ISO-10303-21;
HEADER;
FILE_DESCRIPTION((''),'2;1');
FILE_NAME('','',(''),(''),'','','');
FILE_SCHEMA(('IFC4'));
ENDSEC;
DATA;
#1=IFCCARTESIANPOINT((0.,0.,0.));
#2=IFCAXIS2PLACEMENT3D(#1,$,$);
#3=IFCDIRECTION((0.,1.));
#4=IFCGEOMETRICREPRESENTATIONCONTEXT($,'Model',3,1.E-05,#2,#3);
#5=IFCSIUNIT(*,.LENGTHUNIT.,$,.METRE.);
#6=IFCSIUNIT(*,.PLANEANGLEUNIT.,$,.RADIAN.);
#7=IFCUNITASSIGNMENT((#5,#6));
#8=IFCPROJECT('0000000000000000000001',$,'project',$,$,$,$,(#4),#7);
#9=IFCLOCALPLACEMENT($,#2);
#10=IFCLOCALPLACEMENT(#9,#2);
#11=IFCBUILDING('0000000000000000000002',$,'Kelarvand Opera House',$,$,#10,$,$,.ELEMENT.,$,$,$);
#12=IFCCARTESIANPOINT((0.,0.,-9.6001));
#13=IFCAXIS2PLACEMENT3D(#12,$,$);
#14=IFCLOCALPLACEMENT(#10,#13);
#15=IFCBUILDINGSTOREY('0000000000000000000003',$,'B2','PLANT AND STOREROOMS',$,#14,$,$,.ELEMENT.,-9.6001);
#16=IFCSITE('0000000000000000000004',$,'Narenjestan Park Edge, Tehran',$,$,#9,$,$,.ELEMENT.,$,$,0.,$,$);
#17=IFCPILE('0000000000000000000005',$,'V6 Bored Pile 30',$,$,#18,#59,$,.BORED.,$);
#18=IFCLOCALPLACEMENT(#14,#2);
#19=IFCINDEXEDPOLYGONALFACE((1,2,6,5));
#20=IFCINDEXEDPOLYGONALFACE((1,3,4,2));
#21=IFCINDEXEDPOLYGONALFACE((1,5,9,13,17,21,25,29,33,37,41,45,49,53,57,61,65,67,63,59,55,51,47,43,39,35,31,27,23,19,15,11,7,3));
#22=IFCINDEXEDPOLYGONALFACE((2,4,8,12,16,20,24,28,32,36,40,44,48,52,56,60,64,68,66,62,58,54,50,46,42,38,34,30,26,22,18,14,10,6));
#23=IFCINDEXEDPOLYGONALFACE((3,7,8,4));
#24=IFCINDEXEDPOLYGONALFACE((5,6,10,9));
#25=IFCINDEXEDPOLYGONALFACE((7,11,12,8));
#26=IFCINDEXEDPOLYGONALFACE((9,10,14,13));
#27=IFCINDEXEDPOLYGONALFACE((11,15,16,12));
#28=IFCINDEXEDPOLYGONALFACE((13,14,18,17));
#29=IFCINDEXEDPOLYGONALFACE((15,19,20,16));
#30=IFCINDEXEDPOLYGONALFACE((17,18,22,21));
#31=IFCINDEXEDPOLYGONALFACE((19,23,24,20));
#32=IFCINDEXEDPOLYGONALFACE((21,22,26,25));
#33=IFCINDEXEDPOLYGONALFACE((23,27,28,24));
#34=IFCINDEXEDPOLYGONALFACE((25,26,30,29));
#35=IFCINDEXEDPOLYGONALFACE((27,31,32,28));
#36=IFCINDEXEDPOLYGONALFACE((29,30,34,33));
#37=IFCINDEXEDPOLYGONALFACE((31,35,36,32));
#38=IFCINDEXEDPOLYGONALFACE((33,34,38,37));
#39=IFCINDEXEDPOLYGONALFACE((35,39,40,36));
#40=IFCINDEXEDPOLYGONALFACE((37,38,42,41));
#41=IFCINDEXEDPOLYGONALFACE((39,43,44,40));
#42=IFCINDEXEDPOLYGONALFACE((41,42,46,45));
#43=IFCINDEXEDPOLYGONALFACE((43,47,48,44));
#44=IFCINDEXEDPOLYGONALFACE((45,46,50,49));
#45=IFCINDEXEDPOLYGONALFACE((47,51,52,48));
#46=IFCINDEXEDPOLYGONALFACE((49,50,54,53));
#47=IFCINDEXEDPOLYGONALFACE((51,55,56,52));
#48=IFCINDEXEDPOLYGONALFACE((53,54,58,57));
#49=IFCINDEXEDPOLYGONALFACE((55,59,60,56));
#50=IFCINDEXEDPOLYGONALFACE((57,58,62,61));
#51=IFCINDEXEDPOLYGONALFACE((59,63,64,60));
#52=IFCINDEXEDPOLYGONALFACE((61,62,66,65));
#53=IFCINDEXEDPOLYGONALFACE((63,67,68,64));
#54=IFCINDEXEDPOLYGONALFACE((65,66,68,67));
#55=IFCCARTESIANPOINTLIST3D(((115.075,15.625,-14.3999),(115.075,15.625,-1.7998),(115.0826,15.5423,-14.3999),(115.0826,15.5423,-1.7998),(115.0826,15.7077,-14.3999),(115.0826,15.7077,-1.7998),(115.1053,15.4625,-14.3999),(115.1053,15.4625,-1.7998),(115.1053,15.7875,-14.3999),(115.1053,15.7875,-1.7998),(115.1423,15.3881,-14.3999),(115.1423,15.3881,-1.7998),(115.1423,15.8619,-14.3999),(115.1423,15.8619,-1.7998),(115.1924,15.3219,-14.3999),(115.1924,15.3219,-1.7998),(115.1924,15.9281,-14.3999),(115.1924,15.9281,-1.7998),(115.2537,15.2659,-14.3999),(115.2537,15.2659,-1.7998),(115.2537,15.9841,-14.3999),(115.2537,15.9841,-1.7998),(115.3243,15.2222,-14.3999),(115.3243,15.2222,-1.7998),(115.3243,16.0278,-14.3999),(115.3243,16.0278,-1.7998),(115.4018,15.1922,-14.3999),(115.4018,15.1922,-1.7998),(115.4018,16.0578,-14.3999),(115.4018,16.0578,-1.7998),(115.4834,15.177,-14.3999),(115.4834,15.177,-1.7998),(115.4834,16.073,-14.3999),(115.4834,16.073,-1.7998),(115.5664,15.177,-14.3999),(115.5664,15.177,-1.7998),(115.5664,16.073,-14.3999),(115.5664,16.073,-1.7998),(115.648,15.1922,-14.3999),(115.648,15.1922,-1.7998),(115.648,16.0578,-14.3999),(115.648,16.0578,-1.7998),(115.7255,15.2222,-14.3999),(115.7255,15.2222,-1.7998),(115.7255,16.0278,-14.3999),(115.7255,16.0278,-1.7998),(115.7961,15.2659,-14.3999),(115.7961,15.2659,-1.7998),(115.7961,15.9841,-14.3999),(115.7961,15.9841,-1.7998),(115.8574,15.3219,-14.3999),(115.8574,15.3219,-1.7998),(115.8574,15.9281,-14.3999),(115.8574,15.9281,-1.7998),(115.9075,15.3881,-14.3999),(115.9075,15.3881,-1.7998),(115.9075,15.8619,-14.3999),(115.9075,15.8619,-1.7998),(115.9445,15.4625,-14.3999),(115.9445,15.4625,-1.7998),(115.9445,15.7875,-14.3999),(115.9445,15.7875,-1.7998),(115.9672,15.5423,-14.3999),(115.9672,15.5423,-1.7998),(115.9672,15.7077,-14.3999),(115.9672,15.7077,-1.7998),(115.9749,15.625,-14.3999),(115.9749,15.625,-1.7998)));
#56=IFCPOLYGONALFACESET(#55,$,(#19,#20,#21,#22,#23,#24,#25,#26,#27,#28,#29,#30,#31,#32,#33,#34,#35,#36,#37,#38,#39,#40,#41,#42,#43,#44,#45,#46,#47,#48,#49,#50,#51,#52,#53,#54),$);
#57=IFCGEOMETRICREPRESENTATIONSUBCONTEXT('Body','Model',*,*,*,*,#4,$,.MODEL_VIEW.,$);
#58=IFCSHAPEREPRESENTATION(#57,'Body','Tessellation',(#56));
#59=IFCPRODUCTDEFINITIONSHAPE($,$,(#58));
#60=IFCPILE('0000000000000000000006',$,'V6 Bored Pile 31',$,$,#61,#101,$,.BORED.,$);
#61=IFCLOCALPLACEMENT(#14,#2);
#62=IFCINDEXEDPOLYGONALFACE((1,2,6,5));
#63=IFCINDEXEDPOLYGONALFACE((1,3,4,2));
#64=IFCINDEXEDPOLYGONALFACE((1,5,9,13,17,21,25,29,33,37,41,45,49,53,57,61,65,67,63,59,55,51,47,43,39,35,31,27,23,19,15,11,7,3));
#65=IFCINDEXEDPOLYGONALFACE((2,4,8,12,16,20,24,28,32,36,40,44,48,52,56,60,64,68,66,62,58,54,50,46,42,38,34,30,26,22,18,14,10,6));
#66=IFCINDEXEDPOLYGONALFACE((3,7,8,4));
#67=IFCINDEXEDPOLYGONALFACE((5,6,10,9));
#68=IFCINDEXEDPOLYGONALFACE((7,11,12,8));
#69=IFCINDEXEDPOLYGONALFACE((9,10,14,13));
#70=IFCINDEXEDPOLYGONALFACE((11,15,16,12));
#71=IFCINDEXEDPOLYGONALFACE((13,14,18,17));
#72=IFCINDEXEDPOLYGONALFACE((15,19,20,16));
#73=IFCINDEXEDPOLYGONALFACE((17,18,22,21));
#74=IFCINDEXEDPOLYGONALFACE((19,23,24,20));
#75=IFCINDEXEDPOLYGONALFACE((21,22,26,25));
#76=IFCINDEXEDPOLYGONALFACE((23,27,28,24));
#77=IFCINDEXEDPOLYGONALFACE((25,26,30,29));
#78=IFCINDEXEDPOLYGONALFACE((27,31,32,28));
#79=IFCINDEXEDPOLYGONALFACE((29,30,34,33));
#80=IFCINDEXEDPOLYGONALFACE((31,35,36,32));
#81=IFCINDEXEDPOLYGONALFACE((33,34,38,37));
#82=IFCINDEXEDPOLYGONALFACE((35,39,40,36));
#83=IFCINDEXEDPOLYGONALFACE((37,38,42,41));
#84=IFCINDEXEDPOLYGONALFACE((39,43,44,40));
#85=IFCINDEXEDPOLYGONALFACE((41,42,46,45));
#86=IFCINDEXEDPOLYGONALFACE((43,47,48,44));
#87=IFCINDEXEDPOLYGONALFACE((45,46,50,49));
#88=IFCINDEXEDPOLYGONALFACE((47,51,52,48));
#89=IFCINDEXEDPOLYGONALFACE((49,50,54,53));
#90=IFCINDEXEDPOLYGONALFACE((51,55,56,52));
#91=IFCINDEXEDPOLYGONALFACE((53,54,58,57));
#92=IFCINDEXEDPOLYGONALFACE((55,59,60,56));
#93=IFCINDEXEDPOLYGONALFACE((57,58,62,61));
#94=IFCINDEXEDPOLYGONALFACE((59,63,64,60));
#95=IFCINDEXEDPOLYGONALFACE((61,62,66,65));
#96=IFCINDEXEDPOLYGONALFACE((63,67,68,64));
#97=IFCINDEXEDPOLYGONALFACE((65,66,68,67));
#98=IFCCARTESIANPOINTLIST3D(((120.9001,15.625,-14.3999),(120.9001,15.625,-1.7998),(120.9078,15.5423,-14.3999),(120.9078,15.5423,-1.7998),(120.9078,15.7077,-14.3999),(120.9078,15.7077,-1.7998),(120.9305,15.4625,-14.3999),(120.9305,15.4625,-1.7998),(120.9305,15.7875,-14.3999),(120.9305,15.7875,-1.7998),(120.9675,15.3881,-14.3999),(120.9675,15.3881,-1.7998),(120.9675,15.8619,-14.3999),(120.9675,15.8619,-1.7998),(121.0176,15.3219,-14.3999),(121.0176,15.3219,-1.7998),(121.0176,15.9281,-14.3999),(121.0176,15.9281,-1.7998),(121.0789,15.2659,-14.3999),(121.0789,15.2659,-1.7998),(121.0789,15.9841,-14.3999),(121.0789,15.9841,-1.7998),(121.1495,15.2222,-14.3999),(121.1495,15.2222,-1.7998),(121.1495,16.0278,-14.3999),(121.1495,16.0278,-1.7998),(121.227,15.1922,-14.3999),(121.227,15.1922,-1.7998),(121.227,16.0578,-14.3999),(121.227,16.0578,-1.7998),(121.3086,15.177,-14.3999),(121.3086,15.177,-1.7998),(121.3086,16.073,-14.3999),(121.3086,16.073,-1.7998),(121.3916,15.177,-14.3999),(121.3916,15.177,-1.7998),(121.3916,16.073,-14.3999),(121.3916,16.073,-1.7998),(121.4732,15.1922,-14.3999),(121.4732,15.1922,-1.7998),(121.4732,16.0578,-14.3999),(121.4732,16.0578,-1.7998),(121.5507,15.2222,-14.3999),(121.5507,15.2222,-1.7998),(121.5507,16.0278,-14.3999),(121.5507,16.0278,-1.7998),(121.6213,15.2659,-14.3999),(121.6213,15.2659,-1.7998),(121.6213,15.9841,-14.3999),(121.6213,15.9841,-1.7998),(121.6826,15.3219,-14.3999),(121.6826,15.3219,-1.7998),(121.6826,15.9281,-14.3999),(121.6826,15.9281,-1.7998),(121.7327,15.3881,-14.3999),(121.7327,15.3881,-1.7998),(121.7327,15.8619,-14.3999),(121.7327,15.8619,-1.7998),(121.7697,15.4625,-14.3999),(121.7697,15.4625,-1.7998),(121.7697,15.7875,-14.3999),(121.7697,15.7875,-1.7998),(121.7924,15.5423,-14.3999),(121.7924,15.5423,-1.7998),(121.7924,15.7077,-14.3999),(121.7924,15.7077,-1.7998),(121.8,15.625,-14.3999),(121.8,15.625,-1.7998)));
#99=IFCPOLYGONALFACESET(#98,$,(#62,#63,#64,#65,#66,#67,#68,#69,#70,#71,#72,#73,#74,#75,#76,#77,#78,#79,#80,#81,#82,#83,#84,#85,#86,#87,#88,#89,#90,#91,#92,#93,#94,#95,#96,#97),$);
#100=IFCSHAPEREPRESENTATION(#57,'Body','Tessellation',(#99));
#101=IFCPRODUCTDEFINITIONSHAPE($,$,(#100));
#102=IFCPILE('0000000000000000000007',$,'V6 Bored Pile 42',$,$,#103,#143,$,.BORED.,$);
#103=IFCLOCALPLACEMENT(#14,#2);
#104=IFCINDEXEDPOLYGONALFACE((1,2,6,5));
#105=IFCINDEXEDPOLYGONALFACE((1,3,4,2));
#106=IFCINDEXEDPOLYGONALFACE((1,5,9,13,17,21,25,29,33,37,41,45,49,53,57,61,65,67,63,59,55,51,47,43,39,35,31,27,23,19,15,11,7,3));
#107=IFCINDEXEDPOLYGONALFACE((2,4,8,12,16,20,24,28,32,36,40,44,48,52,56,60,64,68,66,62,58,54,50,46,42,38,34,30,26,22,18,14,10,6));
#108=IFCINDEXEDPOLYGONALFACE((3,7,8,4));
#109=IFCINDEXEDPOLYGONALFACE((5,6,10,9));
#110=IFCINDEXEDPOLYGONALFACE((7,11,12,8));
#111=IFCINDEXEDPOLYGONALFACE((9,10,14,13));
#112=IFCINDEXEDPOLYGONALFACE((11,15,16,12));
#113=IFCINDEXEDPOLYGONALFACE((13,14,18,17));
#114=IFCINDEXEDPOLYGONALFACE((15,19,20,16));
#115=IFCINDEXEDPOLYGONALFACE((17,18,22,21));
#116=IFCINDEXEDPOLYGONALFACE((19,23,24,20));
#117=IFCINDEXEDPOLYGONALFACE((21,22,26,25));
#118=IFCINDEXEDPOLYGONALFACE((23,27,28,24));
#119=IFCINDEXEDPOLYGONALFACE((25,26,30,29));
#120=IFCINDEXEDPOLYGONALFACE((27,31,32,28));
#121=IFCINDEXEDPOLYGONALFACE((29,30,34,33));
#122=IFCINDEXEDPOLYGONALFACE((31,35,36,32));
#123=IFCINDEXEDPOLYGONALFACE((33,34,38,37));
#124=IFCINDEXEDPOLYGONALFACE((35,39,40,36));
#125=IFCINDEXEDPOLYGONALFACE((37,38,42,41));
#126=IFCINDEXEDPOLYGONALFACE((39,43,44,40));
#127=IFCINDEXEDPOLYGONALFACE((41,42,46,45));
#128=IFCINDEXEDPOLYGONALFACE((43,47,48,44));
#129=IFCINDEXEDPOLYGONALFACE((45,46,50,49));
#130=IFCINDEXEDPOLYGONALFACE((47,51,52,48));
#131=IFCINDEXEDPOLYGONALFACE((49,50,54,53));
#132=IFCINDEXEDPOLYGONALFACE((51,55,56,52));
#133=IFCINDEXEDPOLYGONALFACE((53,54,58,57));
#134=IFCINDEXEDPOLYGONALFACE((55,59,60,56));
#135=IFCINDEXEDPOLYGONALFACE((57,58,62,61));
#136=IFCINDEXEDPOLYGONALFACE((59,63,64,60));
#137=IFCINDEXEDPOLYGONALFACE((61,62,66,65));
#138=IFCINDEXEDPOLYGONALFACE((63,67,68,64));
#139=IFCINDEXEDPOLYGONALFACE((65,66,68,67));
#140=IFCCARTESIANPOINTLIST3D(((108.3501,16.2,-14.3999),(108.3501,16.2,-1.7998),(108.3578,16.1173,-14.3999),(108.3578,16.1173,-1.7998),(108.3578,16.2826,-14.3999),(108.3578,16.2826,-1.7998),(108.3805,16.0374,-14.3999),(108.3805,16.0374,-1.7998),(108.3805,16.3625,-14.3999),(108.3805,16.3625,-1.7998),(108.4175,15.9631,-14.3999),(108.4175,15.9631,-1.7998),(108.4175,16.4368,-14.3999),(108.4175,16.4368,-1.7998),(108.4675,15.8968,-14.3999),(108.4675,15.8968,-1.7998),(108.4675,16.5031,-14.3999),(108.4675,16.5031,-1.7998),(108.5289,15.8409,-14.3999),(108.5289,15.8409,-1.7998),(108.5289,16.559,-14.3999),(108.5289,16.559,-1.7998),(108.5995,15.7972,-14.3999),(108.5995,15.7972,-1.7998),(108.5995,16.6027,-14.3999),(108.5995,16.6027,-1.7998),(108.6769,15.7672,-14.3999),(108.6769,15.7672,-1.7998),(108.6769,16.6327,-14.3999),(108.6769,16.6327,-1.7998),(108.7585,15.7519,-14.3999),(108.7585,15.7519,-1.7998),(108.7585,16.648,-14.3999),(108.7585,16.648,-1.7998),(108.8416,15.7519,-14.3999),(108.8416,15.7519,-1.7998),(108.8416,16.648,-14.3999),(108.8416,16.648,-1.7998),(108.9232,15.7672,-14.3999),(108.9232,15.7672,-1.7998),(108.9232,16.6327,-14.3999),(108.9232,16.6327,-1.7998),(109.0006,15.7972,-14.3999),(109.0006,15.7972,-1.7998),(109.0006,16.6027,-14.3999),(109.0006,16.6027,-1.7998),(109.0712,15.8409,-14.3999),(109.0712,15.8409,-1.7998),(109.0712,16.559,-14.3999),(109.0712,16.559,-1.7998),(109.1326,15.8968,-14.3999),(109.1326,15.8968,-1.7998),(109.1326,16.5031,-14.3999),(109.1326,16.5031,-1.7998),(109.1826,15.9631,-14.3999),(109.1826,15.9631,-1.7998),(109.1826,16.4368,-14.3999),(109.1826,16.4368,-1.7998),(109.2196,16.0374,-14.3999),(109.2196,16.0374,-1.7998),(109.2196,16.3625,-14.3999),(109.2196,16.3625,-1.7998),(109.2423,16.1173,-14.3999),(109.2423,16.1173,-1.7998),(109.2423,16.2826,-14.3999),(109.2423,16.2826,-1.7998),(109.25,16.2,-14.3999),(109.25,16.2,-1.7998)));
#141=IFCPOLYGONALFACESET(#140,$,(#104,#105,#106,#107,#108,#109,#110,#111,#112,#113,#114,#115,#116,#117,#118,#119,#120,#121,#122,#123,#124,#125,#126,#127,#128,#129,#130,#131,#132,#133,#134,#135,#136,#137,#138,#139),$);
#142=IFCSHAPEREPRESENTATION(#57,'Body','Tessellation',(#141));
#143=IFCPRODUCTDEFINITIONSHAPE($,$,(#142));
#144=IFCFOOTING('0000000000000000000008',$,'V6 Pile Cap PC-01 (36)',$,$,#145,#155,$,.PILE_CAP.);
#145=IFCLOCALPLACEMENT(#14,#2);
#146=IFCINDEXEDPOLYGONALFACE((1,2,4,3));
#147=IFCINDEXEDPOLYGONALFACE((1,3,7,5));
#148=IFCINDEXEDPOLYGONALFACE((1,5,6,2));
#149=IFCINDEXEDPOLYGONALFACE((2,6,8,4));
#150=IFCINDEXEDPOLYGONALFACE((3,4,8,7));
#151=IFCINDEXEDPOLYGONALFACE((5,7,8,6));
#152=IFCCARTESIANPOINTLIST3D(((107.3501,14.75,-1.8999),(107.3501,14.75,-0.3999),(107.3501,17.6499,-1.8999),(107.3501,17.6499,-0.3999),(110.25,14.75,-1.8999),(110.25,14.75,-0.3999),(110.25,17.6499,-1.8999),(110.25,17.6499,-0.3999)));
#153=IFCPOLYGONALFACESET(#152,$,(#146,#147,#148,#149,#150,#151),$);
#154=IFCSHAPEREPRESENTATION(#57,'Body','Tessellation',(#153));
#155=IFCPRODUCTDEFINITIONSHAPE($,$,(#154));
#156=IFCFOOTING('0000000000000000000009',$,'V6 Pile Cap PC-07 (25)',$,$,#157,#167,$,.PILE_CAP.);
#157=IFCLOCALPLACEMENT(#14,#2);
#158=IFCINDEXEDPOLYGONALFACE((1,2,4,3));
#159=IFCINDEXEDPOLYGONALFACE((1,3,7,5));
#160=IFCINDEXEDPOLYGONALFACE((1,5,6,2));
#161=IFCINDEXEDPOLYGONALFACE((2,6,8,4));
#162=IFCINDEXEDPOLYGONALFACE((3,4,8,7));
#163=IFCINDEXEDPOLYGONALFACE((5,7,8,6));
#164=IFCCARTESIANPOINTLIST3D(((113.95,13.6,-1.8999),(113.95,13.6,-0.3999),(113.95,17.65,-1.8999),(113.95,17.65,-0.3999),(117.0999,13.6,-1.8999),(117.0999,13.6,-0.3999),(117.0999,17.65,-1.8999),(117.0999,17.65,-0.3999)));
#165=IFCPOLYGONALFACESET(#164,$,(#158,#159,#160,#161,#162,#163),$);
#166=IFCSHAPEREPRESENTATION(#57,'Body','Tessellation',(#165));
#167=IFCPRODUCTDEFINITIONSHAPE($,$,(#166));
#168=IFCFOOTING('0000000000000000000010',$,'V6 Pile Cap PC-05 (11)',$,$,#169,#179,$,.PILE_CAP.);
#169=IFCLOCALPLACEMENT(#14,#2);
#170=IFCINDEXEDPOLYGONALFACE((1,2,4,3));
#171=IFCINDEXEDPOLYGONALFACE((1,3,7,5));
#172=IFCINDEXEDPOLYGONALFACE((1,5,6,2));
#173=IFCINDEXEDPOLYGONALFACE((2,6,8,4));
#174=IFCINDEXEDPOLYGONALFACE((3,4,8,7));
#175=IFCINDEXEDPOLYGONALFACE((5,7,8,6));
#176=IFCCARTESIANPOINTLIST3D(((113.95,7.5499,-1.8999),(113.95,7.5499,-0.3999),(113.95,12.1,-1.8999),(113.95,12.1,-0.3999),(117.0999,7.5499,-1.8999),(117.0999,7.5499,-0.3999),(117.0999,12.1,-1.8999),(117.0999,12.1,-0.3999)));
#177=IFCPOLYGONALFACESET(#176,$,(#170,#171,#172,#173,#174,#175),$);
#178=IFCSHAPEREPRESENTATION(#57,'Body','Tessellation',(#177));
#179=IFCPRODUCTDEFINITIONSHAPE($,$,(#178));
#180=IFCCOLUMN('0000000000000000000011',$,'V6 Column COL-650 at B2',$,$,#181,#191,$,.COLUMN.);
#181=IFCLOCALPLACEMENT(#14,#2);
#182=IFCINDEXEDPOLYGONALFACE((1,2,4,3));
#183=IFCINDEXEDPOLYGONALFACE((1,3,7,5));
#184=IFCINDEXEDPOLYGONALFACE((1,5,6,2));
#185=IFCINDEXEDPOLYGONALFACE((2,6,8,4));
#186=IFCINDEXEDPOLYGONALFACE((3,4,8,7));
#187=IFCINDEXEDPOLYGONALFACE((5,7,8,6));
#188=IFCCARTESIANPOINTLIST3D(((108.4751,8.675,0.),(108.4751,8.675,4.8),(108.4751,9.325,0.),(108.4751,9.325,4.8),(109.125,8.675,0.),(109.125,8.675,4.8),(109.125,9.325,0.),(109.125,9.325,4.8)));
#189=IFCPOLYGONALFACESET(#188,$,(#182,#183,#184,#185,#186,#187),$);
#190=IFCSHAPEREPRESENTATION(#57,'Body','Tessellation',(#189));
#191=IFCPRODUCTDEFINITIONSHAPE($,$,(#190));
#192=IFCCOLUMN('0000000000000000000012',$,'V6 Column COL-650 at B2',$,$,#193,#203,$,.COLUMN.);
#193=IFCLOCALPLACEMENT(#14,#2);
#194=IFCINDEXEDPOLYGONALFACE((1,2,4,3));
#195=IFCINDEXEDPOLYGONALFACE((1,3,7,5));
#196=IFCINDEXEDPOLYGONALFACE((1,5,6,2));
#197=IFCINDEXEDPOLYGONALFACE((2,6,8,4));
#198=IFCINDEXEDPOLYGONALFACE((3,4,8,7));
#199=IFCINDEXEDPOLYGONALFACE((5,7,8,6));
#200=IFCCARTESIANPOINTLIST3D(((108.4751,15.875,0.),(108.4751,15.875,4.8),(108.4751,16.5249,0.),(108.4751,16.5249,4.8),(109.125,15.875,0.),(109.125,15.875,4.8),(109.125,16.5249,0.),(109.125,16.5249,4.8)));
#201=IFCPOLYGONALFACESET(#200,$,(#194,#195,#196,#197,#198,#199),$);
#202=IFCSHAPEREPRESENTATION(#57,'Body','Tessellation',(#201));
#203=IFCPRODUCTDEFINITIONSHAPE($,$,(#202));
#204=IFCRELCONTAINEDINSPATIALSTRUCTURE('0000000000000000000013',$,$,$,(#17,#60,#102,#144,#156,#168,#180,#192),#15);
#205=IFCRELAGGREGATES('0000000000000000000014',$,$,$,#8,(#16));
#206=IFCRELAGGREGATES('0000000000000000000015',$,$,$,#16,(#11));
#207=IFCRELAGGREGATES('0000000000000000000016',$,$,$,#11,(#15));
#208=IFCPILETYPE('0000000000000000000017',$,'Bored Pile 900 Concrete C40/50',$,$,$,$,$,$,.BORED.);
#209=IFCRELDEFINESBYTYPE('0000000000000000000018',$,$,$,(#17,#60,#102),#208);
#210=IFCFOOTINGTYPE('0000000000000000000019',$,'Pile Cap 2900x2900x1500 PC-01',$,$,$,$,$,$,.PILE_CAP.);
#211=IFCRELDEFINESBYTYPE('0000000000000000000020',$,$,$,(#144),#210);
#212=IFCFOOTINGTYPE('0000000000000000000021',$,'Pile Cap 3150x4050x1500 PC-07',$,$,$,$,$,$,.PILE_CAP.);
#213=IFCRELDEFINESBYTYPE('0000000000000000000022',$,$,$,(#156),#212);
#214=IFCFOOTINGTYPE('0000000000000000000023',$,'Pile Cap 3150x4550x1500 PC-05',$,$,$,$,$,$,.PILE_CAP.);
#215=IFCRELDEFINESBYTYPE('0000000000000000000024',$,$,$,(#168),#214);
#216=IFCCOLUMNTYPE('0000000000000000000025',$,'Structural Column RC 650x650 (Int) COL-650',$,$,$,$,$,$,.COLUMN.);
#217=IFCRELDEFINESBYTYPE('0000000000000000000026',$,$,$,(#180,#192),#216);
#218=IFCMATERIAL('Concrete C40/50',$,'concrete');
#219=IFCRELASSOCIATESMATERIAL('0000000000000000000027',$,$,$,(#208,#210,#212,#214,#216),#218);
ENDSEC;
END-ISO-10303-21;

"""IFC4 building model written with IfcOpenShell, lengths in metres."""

from ifc_helpers import new_model, si_unit, direction, frame, origin, origin_2d, place, context, subcontext, project, spatial, rectangle, circle, extrude, material, material_profile, profile_set, type_object, element, save


model = new_model("IFC4")

# Units and contexts
model_context = context("Model", 3, precision=1e-05, world=origin(), true_north=direction((0.0, 1.0)))
body_context = subcontext(model_context, "Body", "Model", "MODEL_VIEW")
ifc_project = project(units=[si_unit("LENGTHUNIT", "METRE"), si_unit("PLANEANGLEUNIT", "RADIAN")], contexts=[model_context])

# Site, building, storey
site_placement = place(None, origin())
site = spatial("IfcSite", under=ifc_project, at=site_placement, Name="Narenjestan Park Edge, Tehran", CompositionType="ELEMENT", RefElevation=0.0)
building_placement = place(site_placement, origin())
building = spatial("IfcBuilding", under=site, at=building_placement, Name="Kelarvand Opera House", CompositionType="ELEMENT")
storey_placement = place(building_placement, frame((0.0, 0.0, -9.6001)))
storey = spatial("IfcBuildingStorey", under=building, at=storey_placement, Name="B2", Description="PLANT AND STOREROOMS", CompositionType="ELEMENT", Elevation=-9.6001)

# Piles
ifc_material_1 = material(Name="Concrete C40/50", Category="concrete")
ifc_material_profile_1 = material_profile(ifc_material_1, circle(Radius=0.45, at=origin_2d()), Name="BP 900", Category="concrete")
ifc_profile_set_1 = profile_set([ifc_material_profile_1], Name="Concrete C40/50")
pile_type = type_object("IfcPileType", Name="Bored Pile 900 Concrete C40/50", PredefinedType="BORED", material=ifc_profile_set_1)
for number, where, z_axis, x_axis, name in (
    (1, (115.5249, 15.625, -1.7998), (0.0, 0.0, -1.0), (1.0, 0.0, 0.0), "V6 Bored Pile 30"),
    (2, (121.3501, 15.625, -1.7998), (0.0, 0.0, -1.0), (1.0, 0.0, 0.0), "V6 Bored Pile 31"),
    (3, (108.8, 16.2, -1.7998), (0.0, 0.0, -1.0), (1.0, 0.0, 0.0), "V6 Bored Pile 42"),
):
    element("IfcPile", number, at=place(storey_placement, frame(where, z_axis=z_axis, x_axis=x_axis)), inside=storey, type_object=pile_type, Name=name, PredefinedType="BORED", context=body_context, shape_type="SweptSolid", body=[
        extrude(circle(Radius=0.45, at=origin_2d()), origin(), (0.0, 0.0, 1.0), 12.6001),
    ])

# Footings
footing_type_1 = type_object("IfcFootingType", Name="Pile Cap 2900x2900x1500 PC-01", PredefinedType="PILE_CAP", material=ifc_material_1)
footing_1_placement = place(storey_placement, frame((108.8, 16.2, -1.8999), z_axis=(0.0, 0.0, 1.0), x_axis=(1.0, 0.0, 0.0)))
element("IfcFooting", 4, at=footing_1_placement, inside=storey, type_object=footing_type_1, Name="V6 Pile Cap PC-01 (36)", PredefinedType="PILE_CAP", context=body_context, shape_type="SweptSolid", body=[
    extrude(rectangle(XDim=2.8999, YDim=2.8999, at=origin_2d()), origin(), (0.0, 0.0, 1.0), 1.5),
])
footing_type_2 = type_object("IfcFootingType", Name="Pile Cap 3150x4050x1500 PC-07", PredefinedType="PILE_CAP", material=ifc_material_1)
footing_2_placement = place(storey_placement, frame((115.5249, 15.625, -1.8999), z_axis=(0.0, 0.0, 1.0), x_axis=(1.0, 0.0, 0.0)))
element("IfcFooting", 5, at=footing_2_placement, inside=storey, type_object=footing_type_2, Name="V6 Pile Cap PC-07 (25)", PredefinedType="PILE_CAP", context=body_context, shape_type="SweptSolid", body=[
    extrude(rectangle(XDim=3.1499, YDim=4.05, at=origin_2d()), origin(), (0.0, 0.0, 1.0), 1.5),
])
footing_type_3 = type_object("IfcFootingType", Name="Pile Cap 3150x4550x1500 PC-05", PredefinedType="PILE_CAP", material=ifc_material_1)
footing_3_placement = place(storey_placement, frame((115.5249, 9.825, -1.8999), z_axis=(0.0, 0.0, 1.0), x_axis=(1.0, 0.0, 0.0)))
element("IfcFooting", 6, at=footing_3_placement, inside=storey, type_object=footing_type_3, Name="V6 Pile Cap PC-05 (11)", PredefinedType="PILE_CAP", context=body_context, shape_type="SweptSolid", body=[
    extrude(rectangle(XDim=3.1499, YDim=4.55, at=origin_2d()), origin(), (0.0, 0.0, 1.0), 1.5),
])

# Columns
ifc_material_profile_2 = material_profile(ifc_material_1, rectangle(XDim=0.6499, YDim=0.6499, at=origin_2d()), Name="RC 650x650", Category="concrete")
ifc_profile_set_2 = profile_set([ifc_material_profile_2], Name="Concrete C40/50")
column_type_1 = type_object("IfcColumnType", Name="Structural Column RC 650x650 (Int) COL-650", PredefinedType="COLUMN", material=ifc_profile_set_2)
for number, where, z_axis, x_axis, name in (
    (7, (108.8, 9.0, 0.0), (0.0, 0.0, 1.0), (1.0, 0.0, 0.0), "V6 Column COL-650 at B2"),
    (8, (108.8, 16.2, 0.0), (0.0, 0.0, 1.0), (1.0, 0.0, 0.0), "V6 Column COL-650 at B2"),
):
    element("IfcColumn", number, at=place(storey_placement, frame(where, z_axis=z_axis, x_axis=x_axis)), inside=storey, type_object=column_type_1, Name=name, PredefinedType="COLUMN", context=body_context, shape_type="SweptSolid", body=[
        extrude(rectangle(XDim=0.6499, YDim=0.6499, at=origin_2d()), origin(), (0.0, 0.0, 1.0), 4.8),
    ])

save(model, "model.ifc")
